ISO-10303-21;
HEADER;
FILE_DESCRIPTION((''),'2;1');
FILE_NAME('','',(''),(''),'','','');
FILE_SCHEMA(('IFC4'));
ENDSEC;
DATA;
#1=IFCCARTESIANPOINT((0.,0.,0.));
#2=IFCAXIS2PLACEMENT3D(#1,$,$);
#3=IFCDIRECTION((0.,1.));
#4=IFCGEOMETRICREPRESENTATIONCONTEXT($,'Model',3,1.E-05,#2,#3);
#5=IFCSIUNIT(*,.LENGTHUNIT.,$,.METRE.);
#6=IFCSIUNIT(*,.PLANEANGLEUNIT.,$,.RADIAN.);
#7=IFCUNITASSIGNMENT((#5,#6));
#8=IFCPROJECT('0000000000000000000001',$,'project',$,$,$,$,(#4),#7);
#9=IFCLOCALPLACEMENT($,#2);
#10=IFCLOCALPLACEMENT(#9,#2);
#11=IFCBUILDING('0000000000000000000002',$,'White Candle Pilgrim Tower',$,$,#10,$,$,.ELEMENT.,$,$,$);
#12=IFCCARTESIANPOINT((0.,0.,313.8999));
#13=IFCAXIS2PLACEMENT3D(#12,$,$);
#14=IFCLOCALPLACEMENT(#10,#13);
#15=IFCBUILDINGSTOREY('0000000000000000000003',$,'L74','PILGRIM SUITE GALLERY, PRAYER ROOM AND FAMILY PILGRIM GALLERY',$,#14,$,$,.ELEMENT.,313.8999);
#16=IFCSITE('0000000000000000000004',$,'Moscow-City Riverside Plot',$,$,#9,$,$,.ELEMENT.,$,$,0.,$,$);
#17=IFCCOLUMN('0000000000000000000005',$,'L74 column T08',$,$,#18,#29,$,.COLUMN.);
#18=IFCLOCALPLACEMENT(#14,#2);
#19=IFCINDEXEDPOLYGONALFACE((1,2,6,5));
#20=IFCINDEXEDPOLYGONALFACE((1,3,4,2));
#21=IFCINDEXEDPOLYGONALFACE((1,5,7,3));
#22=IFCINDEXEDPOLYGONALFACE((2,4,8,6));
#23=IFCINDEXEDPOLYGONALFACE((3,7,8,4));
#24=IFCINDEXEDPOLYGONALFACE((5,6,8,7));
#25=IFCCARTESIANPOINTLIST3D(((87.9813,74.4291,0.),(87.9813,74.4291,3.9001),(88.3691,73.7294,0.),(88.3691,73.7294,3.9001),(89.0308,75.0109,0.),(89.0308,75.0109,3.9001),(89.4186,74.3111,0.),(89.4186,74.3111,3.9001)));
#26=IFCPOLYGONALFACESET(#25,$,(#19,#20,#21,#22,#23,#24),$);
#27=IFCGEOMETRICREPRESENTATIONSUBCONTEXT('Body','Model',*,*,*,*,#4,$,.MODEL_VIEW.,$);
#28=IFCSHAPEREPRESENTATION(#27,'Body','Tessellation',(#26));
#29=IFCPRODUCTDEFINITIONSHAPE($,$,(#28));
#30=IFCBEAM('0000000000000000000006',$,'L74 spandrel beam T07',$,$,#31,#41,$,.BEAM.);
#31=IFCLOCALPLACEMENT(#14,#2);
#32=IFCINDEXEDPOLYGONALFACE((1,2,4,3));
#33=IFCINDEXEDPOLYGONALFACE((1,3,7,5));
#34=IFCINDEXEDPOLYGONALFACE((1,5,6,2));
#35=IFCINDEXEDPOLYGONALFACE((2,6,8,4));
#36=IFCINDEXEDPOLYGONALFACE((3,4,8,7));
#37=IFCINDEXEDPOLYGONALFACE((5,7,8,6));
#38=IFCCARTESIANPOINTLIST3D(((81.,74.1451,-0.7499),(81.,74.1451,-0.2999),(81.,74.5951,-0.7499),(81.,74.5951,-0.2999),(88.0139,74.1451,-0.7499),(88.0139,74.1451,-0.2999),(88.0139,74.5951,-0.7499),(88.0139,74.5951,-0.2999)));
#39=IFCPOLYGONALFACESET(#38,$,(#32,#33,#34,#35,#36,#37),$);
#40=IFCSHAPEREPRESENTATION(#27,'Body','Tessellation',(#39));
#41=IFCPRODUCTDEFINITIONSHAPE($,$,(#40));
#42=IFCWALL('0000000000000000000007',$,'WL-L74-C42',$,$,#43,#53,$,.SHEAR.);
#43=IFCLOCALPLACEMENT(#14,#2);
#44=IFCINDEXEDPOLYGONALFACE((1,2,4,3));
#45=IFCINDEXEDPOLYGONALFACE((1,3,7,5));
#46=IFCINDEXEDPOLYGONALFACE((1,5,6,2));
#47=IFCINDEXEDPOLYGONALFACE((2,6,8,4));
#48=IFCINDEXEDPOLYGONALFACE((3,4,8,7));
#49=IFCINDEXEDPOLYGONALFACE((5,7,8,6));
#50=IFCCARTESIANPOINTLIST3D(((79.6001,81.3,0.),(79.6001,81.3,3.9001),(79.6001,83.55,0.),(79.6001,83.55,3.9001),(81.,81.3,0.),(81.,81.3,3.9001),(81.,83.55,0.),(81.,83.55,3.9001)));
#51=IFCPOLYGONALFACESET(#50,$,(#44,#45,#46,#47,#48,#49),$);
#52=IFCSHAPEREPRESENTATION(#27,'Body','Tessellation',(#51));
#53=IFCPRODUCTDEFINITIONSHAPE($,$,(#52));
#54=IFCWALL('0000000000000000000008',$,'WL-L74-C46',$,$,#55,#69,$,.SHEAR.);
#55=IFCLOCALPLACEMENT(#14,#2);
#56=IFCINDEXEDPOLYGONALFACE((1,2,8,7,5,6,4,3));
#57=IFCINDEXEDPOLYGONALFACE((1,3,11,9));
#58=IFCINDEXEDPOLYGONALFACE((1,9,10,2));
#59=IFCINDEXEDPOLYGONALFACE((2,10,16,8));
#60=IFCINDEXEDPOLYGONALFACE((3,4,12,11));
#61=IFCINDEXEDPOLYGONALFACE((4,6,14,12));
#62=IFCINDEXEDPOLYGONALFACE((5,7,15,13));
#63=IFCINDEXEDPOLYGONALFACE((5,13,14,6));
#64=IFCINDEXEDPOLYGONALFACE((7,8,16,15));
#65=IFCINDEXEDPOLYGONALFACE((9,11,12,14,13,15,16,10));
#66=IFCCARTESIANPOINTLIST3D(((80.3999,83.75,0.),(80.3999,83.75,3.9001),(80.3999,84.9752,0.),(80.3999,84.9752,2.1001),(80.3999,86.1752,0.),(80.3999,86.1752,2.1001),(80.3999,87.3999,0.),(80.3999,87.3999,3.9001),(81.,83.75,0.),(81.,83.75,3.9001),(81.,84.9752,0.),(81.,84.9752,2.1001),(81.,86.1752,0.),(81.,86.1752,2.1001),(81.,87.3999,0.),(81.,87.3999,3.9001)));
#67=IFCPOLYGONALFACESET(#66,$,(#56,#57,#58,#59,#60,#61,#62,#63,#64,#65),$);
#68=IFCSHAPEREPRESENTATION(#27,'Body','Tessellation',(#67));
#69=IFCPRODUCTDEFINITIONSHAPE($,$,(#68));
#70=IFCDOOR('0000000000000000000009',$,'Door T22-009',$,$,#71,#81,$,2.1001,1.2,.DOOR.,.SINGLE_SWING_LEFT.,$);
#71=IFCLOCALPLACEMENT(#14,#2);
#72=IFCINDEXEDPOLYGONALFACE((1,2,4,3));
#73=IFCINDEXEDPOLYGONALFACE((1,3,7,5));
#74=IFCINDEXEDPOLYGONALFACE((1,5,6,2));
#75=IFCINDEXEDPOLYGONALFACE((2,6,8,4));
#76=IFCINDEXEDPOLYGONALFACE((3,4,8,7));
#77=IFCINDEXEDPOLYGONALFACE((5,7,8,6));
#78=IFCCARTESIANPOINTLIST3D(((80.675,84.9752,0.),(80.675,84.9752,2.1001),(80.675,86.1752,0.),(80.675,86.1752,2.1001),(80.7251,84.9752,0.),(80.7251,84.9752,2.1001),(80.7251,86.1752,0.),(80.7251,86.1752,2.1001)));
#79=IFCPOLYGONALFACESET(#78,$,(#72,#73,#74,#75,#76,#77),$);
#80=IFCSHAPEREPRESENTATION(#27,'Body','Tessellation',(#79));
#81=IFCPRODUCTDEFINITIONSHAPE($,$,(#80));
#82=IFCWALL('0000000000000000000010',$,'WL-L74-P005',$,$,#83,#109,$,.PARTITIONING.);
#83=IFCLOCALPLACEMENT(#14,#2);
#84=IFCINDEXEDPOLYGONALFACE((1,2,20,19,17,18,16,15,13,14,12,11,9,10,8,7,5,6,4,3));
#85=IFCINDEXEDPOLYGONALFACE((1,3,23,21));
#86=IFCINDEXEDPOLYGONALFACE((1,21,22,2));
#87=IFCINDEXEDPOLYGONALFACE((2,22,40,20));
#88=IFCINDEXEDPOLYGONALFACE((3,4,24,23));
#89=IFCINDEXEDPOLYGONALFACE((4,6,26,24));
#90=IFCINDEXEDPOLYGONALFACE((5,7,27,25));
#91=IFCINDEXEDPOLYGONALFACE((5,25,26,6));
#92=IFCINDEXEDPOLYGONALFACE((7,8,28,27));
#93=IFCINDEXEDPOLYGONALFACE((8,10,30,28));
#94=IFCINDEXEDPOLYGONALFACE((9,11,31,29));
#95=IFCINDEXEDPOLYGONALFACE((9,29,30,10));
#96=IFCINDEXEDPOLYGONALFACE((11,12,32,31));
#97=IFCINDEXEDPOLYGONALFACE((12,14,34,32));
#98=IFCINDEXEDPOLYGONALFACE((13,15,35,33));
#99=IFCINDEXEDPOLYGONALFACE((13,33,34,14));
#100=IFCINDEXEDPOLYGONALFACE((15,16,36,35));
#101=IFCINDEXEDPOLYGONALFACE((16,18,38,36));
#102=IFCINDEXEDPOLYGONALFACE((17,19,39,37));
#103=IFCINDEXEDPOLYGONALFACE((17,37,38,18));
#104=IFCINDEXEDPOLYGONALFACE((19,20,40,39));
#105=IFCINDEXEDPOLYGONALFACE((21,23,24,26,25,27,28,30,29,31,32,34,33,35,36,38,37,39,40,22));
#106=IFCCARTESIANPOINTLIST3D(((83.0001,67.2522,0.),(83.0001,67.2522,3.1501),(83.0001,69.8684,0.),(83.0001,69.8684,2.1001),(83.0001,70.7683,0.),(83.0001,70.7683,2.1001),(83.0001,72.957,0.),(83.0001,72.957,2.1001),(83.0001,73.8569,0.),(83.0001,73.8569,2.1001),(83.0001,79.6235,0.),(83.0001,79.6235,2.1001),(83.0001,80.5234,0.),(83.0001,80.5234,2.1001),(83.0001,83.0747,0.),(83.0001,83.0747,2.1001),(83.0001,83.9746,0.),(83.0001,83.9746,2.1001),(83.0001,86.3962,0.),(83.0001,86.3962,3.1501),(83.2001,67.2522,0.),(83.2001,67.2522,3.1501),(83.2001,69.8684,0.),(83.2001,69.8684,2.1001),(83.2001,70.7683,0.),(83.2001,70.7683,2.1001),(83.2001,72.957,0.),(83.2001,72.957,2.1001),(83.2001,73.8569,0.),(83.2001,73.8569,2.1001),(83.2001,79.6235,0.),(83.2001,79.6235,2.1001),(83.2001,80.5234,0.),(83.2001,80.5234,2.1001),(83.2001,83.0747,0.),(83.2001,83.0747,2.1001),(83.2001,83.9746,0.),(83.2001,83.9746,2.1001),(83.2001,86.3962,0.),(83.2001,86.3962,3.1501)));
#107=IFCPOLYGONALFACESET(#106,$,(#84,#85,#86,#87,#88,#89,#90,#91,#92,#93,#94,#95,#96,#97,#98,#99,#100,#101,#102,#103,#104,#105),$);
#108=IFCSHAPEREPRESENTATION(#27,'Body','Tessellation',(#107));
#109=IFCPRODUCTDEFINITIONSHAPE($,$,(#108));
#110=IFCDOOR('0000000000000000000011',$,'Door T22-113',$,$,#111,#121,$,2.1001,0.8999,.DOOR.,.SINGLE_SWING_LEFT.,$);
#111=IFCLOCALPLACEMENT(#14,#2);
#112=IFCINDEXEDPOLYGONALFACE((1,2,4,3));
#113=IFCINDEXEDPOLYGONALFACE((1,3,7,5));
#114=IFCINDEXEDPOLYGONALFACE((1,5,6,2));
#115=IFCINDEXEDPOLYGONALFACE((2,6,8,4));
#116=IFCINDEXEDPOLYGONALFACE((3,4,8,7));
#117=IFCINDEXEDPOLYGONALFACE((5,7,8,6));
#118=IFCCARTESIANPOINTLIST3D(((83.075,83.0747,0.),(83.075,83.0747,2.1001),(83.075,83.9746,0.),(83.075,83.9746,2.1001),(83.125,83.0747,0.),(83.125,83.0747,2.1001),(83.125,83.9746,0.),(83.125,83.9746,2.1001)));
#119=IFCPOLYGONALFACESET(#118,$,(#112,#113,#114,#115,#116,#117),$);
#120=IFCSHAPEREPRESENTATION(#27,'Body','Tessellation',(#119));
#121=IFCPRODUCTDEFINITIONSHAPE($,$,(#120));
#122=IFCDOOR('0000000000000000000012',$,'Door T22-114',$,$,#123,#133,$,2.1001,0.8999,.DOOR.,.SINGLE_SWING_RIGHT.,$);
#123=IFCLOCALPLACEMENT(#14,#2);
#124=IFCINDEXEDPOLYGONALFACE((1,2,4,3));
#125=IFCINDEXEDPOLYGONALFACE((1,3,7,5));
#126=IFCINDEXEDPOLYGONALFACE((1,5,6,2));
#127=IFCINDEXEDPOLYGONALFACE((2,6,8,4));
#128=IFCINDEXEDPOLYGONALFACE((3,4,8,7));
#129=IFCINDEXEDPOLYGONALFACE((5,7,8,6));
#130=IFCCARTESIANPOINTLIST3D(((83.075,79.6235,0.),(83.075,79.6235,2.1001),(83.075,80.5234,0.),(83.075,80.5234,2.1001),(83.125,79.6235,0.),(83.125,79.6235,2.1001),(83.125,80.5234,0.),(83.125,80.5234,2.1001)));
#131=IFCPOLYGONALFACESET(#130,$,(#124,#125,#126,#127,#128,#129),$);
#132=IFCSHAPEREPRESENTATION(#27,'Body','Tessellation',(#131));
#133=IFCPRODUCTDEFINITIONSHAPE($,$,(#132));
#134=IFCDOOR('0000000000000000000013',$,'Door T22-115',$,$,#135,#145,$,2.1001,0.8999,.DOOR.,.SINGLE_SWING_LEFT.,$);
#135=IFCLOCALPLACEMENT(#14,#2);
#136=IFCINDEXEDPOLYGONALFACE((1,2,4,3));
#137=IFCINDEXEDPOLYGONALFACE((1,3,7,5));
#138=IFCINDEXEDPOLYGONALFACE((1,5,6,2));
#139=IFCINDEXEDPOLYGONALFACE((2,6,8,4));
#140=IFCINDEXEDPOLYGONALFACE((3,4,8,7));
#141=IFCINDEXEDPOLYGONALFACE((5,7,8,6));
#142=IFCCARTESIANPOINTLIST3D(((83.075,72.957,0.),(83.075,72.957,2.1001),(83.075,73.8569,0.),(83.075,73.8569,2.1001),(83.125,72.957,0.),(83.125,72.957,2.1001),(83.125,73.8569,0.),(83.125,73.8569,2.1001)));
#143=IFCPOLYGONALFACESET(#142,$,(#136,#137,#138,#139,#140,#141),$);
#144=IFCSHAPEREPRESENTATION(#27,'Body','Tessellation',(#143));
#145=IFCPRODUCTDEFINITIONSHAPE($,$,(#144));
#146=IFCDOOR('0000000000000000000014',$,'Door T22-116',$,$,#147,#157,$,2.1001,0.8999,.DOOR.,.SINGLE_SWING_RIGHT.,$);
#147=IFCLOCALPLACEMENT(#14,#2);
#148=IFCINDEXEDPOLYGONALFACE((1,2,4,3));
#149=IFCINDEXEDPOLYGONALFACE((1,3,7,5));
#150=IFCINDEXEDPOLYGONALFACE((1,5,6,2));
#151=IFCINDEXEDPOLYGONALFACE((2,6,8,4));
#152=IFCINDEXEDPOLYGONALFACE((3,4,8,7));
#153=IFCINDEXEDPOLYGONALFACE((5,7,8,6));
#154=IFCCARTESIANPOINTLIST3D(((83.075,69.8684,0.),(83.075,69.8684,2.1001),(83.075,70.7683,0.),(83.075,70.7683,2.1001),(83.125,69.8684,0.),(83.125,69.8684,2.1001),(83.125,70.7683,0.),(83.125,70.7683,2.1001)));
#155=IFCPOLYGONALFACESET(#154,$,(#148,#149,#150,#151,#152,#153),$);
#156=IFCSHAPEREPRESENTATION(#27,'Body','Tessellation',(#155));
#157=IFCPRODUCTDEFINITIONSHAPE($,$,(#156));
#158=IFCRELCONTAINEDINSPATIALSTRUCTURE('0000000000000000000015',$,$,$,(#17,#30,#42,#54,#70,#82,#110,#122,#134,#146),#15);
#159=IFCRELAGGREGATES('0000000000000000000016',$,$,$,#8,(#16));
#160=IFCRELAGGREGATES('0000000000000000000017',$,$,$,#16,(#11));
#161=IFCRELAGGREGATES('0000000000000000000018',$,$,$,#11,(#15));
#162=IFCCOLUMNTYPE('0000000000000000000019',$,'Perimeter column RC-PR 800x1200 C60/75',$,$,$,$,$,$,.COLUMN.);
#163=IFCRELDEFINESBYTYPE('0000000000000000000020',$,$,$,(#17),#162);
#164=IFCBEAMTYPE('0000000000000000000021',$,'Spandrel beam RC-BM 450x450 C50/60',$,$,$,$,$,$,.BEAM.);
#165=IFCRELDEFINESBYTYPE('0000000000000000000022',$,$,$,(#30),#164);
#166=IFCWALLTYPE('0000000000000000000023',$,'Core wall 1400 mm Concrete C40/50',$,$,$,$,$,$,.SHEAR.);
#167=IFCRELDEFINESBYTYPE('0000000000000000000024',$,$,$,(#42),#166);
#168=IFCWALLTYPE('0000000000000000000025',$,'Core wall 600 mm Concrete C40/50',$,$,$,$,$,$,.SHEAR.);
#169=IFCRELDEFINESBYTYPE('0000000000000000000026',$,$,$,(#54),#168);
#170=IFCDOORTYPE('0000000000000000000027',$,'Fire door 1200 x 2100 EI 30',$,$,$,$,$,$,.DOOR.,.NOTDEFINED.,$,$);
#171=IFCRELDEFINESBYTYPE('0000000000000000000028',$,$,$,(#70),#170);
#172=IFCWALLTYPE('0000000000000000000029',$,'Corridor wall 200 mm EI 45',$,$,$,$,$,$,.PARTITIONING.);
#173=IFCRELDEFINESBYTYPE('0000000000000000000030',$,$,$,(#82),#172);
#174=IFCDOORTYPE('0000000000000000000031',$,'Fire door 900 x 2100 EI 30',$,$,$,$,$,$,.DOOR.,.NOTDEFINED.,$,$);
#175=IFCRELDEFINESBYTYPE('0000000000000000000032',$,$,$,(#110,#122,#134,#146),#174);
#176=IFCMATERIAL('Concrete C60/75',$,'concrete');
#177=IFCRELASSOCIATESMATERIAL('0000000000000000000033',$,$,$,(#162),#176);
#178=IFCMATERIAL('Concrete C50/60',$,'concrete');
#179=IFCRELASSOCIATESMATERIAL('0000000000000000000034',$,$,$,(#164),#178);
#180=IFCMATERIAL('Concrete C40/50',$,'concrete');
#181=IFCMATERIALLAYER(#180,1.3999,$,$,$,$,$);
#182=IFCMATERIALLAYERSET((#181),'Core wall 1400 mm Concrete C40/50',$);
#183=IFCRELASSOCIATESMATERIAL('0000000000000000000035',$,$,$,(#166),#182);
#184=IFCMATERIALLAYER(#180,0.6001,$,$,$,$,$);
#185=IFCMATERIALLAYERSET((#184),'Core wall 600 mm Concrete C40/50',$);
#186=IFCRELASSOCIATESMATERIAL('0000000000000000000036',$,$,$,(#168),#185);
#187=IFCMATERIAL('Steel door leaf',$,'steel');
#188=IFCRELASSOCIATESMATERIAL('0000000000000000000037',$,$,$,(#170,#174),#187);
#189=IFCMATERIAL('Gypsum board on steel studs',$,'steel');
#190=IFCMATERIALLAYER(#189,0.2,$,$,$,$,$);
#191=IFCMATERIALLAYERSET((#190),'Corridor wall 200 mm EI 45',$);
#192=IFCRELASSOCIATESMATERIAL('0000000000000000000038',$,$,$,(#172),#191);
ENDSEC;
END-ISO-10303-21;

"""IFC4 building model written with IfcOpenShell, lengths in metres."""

from ifc_helpers import new_model, si_unit, direction, frame, frame_2d, origin, origin_2d, place, context, subcontext, project, spatial, rectangle, extrude, material, layer, layer_set, material_profile, profile_set, type_object, element, fill, save


model = new_model("IFC4")

# Units and contexts
model_context = context("Model", 3, precision=1e-05, world=origin(), true_north=direction((0.0, 1.0)))
body_context = subcontext(model_context, "Body", "Model", "MODEL_VIEW")
ifc_project = project(units=[si_unit("LENGTHUNIT", "METRE"), si_unit("PLANEANGLEUNIT", "RADIAN")], contexts=[model_context])

# Site, building, storey
site_placement = place(None, origin())
site = spatial("IfcSite", under=ifc_project, at=site_placement, Name="Moscow-City Riverside Plot", CompositionType="ELEMENT", RefElevation=0.0)
building_placement = place(site_placement, origin())
building = spatial("IfcBuilding", under=site, at=building_placement, Name="White Candle Pilgrim Tower", CompositionType="ELEMENT")
storey_placement = place(building_placement, frame((0.0, 0.0, 313.8999)))
storey = spatial("IfcBuildingStorey", under=building, at=storey_placement, Name="L74", Description="PILGRIM SUITE GALLERY, PRAYER ROOM AND FAMILY PILGRIM GALLERY", CompositionType="ELEMENT", Elevation=313.8999)

# Column
ifc_material_1 = material(Name="Concrete C60/75", Category="concrete")
ifc_material_profile_1 = material_profile(ifc_material_1, rectangle(XDim=0.8, YDim=1.2, at=origin_2d()), Name="RC-PR 800x1200")
ifc_profile_set_1 = profile_set([ifc_material_profile_1], Name="Concrete C60/75")
column_type = type_object("IfcColumnType", Name="Perimeter column RC-PR 800x1200 C60/75", PredefinedType="COLUMN", material=ifc_profile_set_1)
column_placement = place(storey_placement, frame((88.7, 74.3701, 0.0), z_axis=(0.0, 0.0, 1.0), x_axis=(0.48481, -0.87462, 0.0)))
element("IfcColumn", 1, at=column_placement, inside=storey, type_object=column_type, Name="L74 column T08", PredefinedType="COLUMN", context=body_context, shape_type="SweptSolid", body=[
    extrude(rectangle(XDim=0.8, YDim=1.2, at=origin_2d()), origin(), (0.0, 0.0, 1.0), 3.9001),
])

# Beam
ifc_material_2 = material(Name="Concrete C50/60", Category="concrete")
ifc_material_profile_2 = material_profile(ifc_material_2, rectangle(XDim=0.45, YDim=0.45, at=origin_2d()), Name="RC-BM 450x450")
ifc_profile_set_2 = profile_set([ifc_material_profile_2], Name="Concrete C50/60")
beam_type = type_object("IfcBeamType", Name="Spandrel beam RC-BM 450x450 C50/60", PredefinedType="BEAM", material=ifc_profile_set_2)
beam_placement = place(storey_placement, frame((88.0139, 74.3701, -0.5249), z_axis=(-1.0, 0.0, 0.0), x_axis=(0.0, -1.0, 0.0)))
element("IfcBeam", 2, at=beam_placement, inside=storey, type_object=beam_type, Name="L74 spandrel beam T07", PredefinedType="BEAM", context=body_context, shape_type="SweptSolid", body=[
    extrude(rectangle(XDim=0.45, YDim=0.45, at=origin_2d()), origin(), (0.0, 0.0, 1.0), 7.0139),
])

# Wall
ifc_material_3 = material(Name="Concrete C40/50", Category="concrete")
ifc_layer_1 = layer(ifc_material_3, 1.3999)
ifc_layer_set_1 = layer_set([ifc_layer_1], Name="Core wall 1400 mm Concrete C40/50")
wall_type_1 = type_object("IfcWallType", Name="Core wall 1400 mm Concrete C40/50", PredefinedType="SHEAR", material=ifc_layer_set_1)
wall_1_placement = place(storey_placement, frame((80.3, 81.3, 0.0), z_axis=(0.0, 0.0, 1.0), x_axis=(0.0, 1.0, 0.0)))
element("IfcWall", 3, at=wall_1_placement, inside=storey, type_object=wall_type_1, Name="WL-L74-C42", PredefinedType="SHEAR", context=body_context, shape_type="SweptSolid", body=[
    extrude(rectangle(XDim=2.25, YDim=1.3999, at=frame_2d((1.125, 0.0))), origin(), (0.0, 0.0, 1.0), 3.9001),
])

# Wall, opening, door
ifc_layer_2 = layer(ifc_material_3, 0.6001)
ifc_layer_set_2 = layer_set([ifc_layer_2], Name="Core wall 600 mm Concrete C40/50")
wall_type_2 = type_object("IfcWallType", Name="Core wall 600 mm Concrete C40/50", PredefinedType="SHEAR", material=ifc_layer_set_2)
wall_2_placement = place(storey_placement, frame((80.7, 83.75, 0.0), z_axis=(0.0, 0.0, 1.0), x_axis=(0.0, 1.0, 0.0)))
wall_2 = element("IfcWall", 4, at=wall_2_placement, inside=storey, type_object=wall_type_2, Name="WL-L74-C46", PredefinedType="SHEAR", context=body_context, shape_type="SweptSolid", body=[
    extrude(rectangle(XDim=3.6499, YDim=0.6001, at=frame_2d((1.825, 0.0))), origin(), (0.0, 0.0, 1.0), 3.9001),
])
opening_1_placement = place(wall_2_placement, frame((1.2251, 0.0, 0.0)))
opening_1 = element("IfcOpeningElement", 5, at=opening_1_placement, cuts=wall_2, PredefinedType="OPENING", context=body_context, shape_type="SweptSolid", body=[
    extrude(rectangle(XDim=1.2, YDim=2.1001, at=frame_2d((0.6001, 1.05))), frame((0.0, 0.3101, 0.0), z_axis=(0.0, -1.0, 0.0), x_axis=(1.0, 0.0, 0.0)), (0.0, 0.0, 1.0), 0.6201),
])
ifc_material_4 = material(Name="Steel door leaf", Category="steel")
door_type_1 = type_object("IfcDoorType", Name="Fire door 1200 x 2100 EI 30", OperationType="NOTDEFINED", PredefinedType="DOOR", material=ifc_material_4)
door_1_placement = place(opening_1_placement, origin())
door_1 = element("IfcDoor", 6, at=door_1_placement, inside=storey, type_object=door_type_1, Name="Door T22-009", OperationType="SINGLE_SWING_LEFT", OverallHeight=2.1001, OverallWidth=1.2, PredefinedType="DOOR", context=body_context, shape_type="SweptSolid", body=[
    extrude(rectangle(XDim=1.2, YDim=2.1001, at=frame_2d((0.6001, 1.05))), frame((0.0, 0.0249, 0.0), z_axis=(0.0, -1.0, 0.0), x_axis=(1.0, 0.0, 0.0)), (0.0, 0.0, 1.0), 0.05),
])
fill(opening_1, door_1)

# Wall, openings, doors
ifc_material_5 = material(Name="Gypsum board on steel studs", Category="steel")
ifc_layer_3 = layer(ifc_material_5, 0.2)
ifc_layer_set_3 = layer_set([ifc_layer_3], Name="Corridor wall 200 mm EI 45")
wall_type_3 = type_object("IfcWallType", Name="Corridor wall 200 mm EI 45", PredefinedType="PARTITIONING", material=ifc_layer_set_3)
wall_3_placement = place(storey_placement, frame((83.1001, 86.3962, 0.0), z_axis=(0.0, 0.0, 1.0), x_axis=(0.0, -1.0, 0.0)))
wall_3 = element("IfcWall", 7, at=wall_3_placement, inside=storey, type_object=wall_type_3, Name="WL-L74-P005", PredefinedType="PARTITIONING", context=body_context, shape_type="SweptSolid", body=[
    extrude(rectangle(XDim=19.144, YDim=0.2, at=frame_2d((9.572, 0.0))), origin(), (0.0, 0.0, 1.0), 3.1501),
])
opening_2_placement = place(wall_3_placement, frame((2.4216, 0.0, 0.0)))
opening_2 = element("IfcOpeningElement", 8, at=opening_2_placement, cuts=wall_3, PredefinedType="OPENING", context=body_context, shape_type="SweptSolid", body=[
    extrude(rectangle(XDim=0.8999, YDim=2.1001, at=frame_2d((0.45, 1.05))), frame((0.0, 0.1099, 0.0), z_axis=(0.0, -1.0, 0.0), x_axis=(1.0, 0.0, 0.0)), (0.0, 0.0, 1.0), 0.22),
])
opening_3_placement = place(wall_3_placement, frame((5.8728, 0.0, 0.0)))
opening_3 = element("IfcOpeningElement", 9, at=opening_3_placement, cuts=wall_3, PredefinedType="OPENING", context=body_context, shape_type="SweptSolid", body=[
    extrude(rectangle(XDim=0.8999, YDim=2.1001, at=frame_2d((0.45, 1.05))), frame((0.0, 0.1099, 0.0), z_axis=(0.0, -1.0, 0.0), x_axis=(1.0, 0.0, 0.0)), (0.0, 0.0, 1.0), 0.22),
])
opening_4_placement = place(wall_3_placement, frame((12.5393, 0.0, 0.0)))
opening_4 = element("IfcOpeningElement", 10, at=opening_4_placement, cuts=wall_3, PredefinedType="OPENING", context=body_context, shape_type="SweptSolid", body=[
    extrude(rectangle(XDim=0.8999, YDim=2.1001, at=frame_2d((0.45, 1.05))), frame((0.0, 0.1099, 0.0), z_axis=(0.0, -1.0, 0.0), x_axis=(1.0, 0.0, 0.0)), (0.0, 0.0, 1.0), 0.22),
])
opening_5_placement = place(wall_3_placement, frame((15.6279, 0.0, 0.0)))
opening_5 = element("IfcOpeningElement", 11, at=opening_5_placement, cuts=wall_3, PredefinedType="OPENING", context=body_context, shape_type="SweptSolid", body=[
    extrude(rectangle(XDim=0.8999, YDim=2.1001, at=frame_2d((0.45, 1.05))), frame((0.0, 0.1099, 0.0), z_axis=(0.0, -1.0, 0.0), x_axis=(1.0, 0.0, 0.0)), (0.0, 0.0, 1.0), 0.22),
])
door_type_2 = type_object("IfcDoorType", Name="Fire door 900 x 2100 EI 30", OperationType="NOTDEFINED", PredefinedType="DOOR", material=ifc_material_4)
door_2_placement = place(opening_2_placement, origin())
door_2 = element("IfcDoor", 12, at=door_2_placement, inside=storey, type_object=door_type_2, Name="Door T22-113", OperationType="SINGLE_SWING_LEFT", OverallHeight=2.1001, OverallWidth=0.8999, PredefinedType="DOOR", context=body_context, shape_type="SweptSolid", body=[
    extrude(rectangle(XDim=0.8999, YDim=2.1001, at=frame_2d((0.45, 1.05))), frame((0.0, 0.0249, 0.0), z_axis=(0.0, -1.0, 0.0), x_axis=(1.0, 0.0, 0.0)), (0.0, 0.0, 1.0), 0.05),
])
fill(opening_2, door_2)
door_3_placement = place(opening_3_placement, origin())
door_3 = element("IfcDoor", 13, at=door_3_placement, inside=storey, type_object=door_type_2, Name="Door T22-114", OperationType="SINGLE_SWING_RIGHT", OverallHeight=2.1001, OverallWidth=0.8999, PredefinedType="DOOR", context=body_context, shape_type="SweptSolid", body=[
    extrude(rectangle(XDim=0.8999, YDim=2.1001, at=frame_2d((0.45, 1.05))), frame((0.0, 0.0249, 0.0), z_axis=(0.0, -1.0, 0.0), x_axis=(1.0, 0.0, 0.0)), (0.0, 0.0, 1.0), 0.05),
])
fill(opening_3, door_3)
door_4_placement = place(opening_4_placement, origin())
door_4 = element("IfcDoor", 14, at=door_4_placement, inside=storey, type_object=door_type_2, Name="Door T22-115", OperationType="SINGLE_SWING_LEFT", OverallHeight=2.1001, OverallWidth=0.8999, PredefinedType="DOOR", context=body_context, shape_type="SweptSolid", body=[
    extrude(rectangle(XDim=0.8999, YDim=2.1001, at=frame_2d((0.45, 1.05))), frame((0.0, 0.0249, 0.0), z_axis=(0.0, -1.0, 0.0), x_axis=(1.0, 0.0, 0.0)), (0.0, 0.0, 1.0), 0.05),
])
fill(opening_4, door_4)
door_5_placement = place(opening_5_placement, origin())
door_5 = element("IfcDoor", 15, at=door_5_placement, inside=storey, type_object=door_type_2, Name="Door T22-116", OperationType="SINGLE_SWING_RIGHT", OverallHeight=2.1001, OverallWidth=0.8999, PredefinedType="DOOR", context=body_context, shape_type="SweptSolid", body=[
    extrude(rectangle(XDim=0.8999, YDim=2.1001, at=frame_2d((0.45, 1.05))), frame((0.0, 0.0249, 0.0), z_axis=(0.0, -1.0, 0.0), x_axis=(1.0, 0.0, 0.0)), (0.0, 0.0, 1.0), 0.05),
])
fill(opening_5, door_5)

save(model, "model.ifc")
